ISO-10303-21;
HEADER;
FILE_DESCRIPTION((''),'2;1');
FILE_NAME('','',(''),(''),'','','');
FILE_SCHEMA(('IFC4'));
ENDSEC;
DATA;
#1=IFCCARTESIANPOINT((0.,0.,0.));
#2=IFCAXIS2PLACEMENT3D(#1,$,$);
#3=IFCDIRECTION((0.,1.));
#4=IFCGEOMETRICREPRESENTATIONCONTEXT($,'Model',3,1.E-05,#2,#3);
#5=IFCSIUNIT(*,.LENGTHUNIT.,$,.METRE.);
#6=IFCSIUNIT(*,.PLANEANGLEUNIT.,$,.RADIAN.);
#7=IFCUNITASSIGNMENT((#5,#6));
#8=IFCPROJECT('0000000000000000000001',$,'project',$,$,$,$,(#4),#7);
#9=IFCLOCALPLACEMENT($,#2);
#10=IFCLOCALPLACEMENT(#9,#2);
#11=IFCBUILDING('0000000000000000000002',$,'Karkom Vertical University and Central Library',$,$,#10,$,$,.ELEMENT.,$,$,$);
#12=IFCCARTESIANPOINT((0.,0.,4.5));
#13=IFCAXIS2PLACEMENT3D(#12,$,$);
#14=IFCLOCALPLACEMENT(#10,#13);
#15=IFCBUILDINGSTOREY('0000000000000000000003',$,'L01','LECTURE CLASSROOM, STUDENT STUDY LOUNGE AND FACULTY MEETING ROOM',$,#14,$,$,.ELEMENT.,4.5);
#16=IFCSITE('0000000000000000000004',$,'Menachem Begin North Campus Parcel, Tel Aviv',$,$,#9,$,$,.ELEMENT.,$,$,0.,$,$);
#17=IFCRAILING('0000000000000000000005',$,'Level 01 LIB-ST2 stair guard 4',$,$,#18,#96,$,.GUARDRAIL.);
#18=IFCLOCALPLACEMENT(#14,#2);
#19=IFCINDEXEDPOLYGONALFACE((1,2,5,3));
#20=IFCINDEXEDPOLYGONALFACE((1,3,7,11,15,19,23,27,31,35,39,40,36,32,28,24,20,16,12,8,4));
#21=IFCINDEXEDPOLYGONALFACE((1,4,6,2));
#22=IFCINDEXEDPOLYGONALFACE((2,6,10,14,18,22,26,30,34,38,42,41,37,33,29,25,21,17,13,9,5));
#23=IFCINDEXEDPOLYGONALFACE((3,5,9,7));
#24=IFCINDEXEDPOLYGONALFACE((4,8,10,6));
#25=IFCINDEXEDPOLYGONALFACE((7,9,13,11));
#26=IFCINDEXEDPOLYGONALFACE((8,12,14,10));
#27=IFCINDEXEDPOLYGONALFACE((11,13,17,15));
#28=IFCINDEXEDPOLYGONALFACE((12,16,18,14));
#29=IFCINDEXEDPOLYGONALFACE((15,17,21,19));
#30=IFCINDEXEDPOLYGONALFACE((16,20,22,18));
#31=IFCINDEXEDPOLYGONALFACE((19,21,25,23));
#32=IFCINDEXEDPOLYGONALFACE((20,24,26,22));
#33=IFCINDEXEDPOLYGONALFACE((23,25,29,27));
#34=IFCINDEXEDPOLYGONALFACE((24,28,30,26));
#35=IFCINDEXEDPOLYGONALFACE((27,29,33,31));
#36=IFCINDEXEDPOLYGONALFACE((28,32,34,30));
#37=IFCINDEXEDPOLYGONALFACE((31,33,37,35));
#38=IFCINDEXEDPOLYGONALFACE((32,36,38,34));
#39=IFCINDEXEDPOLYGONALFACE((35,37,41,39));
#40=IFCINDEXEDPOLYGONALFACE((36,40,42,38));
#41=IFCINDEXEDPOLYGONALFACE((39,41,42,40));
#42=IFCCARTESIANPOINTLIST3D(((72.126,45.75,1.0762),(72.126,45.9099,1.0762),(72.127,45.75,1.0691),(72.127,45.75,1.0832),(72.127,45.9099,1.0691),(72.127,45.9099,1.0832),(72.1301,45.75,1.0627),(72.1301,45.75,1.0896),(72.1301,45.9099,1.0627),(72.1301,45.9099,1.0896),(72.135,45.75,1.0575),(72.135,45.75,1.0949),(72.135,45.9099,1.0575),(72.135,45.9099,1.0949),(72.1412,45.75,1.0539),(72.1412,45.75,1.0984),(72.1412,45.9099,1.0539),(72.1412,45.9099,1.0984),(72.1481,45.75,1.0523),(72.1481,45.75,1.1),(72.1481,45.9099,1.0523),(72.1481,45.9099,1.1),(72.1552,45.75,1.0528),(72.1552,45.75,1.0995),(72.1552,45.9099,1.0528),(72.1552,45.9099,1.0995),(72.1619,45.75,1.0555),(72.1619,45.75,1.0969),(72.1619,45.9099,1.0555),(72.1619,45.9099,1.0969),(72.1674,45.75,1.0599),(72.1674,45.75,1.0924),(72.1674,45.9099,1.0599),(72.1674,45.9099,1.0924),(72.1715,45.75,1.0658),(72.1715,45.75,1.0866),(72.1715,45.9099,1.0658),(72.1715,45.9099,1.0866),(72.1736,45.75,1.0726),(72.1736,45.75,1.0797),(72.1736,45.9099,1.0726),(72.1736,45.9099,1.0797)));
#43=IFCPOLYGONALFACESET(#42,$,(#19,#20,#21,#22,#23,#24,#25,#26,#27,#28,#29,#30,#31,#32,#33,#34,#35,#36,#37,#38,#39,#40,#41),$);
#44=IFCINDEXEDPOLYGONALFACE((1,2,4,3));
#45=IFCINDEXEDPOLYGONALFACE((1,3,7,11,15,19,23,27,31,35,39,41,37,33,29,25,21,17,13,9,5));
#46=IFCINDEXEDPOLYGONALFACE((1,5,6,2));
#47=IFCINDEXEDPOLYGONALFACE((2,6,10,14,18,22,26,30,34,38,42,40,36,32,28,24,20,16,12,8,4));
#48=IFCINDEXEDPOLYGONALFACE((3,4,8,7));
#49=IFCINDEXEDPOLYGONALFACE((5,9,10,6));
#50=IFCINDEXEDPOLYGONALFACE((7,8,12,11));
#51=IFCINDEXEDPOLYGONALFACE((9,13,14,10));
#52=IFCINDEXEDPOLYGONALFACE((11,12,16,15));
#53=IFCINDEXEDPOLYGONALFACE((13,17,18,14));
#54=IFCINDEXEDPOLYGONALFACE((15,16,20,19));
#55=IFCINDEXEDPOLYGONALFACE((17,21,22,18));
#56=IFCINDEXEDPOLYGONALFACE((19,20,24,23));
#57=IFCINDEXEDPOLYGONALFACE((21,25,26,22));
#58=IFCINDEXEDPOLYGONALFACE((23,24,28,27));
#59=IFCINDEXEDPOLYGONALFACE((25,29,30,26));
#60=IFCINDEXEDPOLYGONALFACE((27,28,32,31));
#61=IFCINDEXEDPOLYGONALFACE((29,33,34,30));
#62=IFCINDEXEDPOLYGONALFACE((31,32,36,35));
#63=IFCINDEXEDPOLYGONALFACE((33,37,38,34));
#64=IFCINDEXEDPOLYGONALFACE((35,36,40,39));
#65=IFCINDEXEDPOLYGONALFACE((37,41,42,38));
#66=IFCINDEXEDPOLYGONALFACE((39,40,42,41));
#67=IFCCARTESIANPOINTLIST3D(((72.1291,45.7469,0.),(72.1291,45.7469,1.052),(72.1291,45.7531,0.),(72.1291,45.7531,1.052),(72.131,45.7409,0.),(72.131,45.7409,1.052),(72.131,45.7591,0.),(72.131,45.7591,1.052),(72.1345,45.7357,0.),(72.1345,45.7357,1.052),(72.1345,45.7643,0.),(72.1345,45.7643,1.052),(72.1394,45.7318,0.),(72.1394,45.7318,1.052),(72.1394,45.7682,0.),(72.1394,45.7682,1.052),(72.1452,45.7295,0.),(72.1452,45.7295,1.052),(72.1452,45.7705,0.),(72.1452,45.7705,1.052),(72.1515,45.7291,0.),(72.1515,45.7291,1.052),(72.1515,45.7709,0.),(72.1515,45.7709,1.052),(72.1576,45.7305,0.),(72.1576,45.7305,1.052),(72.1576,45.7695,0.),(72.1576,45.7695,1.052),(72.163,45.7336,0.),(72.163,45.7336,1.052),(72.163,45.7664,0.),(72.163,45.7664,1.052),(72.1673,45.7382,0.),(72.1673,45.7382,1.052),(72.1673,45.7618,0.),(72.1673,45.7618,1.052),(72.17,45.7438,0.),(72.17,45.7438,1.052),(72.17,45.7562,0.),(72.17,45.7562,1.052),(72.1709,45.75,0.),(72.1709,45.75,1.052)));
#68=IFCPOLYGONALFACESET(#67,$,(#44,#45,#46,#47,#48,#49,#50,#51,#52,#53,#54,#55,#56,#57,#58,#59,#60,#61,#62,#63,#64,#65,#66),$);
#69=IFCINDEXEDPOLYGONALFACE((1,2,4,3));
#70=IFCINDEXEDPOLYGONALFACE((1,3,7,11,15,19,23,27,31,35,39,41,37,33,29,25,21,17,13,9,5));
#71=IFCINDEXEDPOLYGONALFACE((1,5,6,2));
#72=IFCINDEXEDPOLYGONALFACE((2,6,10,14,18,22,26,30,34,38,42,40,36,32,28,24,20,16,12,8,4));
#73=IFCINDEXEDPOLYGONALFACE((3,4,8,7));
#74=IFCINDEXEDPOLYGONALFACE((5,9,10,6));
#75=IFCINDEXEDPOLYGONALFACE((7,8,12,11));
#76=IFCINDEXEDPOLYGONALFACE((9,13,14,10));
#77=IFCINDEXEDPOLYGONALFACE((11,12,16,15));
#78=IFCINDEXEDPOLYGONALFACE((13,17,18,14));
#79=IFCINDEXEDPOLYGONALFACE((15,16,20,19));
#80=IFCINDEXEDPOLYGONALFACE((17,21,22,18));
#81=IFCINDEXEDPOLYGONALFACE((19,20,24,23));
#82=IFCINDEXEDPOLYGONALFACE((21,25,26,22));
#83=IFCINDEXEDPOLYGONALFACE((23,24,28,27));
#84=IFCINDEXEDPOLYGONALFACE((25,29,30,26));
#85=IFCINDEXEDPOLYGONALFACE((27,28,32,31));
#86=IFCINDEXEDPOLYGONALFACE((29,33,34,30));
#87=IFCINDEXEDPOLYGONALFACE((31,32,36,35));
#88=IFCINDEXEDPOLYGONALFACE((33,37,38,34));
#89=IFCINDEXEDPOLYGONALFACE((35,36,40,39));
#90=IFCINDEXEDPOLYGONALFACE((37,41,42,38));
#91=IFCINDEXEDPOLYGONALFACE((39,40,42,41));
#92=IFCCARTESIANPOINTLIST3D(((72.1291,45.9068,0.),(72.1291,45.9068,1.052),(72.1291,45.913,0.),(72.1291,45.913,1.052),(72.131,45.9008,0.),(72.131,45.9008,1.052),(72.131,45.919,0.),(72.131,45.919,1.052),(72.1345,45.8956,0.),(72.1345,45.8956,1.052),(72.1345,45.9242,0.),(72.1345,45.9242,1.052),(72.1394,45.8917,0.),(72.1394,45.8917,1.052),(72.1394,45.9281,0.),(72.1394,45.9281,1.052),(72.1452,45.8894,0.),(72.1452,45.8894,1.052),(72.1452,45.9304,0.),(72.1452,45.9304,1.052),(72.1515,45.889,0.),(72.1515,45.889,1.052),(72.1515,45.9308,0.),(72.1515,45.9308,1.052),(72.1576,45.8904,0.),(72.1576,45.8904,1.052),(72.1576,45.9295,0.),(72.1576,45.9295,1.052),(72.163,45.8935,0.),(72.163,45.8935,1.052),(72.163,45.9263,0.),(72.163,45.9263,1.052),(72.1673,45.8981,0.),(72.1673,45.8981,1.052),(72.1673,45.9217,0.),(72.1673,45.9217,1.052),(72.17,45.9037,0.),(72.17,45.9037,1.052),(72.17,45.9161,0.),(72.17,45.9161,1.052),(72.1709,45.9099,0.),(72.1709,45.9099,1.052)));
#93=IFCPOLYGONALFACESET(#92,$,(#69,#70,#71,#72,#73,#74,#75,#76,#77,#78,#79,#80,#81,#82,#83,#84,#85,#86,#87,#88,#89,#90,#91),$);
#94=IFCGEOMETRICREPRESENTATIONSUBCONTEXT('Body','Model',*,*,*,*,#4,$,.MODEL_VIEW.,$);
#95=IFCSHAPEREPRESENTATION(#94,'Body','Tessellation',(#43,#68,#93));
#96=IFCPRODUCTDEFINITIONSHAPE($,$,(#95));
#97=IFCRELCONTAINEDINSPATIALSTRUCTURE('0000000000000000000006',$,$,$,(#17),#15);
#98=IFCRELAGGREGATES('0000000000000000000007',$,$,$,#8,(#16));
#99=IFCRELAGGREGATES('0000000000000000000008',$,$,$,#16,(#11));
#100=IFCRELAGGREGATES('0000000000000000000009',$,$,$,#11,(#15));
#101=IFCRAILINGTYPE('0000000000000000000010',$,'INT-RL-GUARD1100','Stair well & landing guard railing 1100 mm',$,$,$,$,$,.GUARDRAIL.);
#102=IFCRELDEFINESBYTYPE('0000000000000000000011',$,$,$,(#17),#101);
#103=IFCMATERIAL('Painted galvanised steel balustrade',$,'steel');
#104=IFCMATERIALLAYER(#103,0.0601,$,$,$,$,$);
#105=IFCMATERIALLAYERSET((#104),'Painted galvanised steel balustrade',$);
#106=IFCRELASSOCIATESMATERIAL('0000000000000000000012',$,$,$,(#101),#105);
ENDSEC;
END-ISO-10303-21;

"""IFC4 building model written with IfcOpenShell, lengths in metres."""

from ifc_helpers import new_model, si_unit, direction, frame, origin, origin_2d, place, context, subcontext, project, spatial, circle, extrude, material, layer, layer_set, type_object, element, save


model = new_model("IFC4")

# Units and contexts
model_context = context("Model", 3, precision=1e-05, world=origin(), true_north=direction((0.0, 1.0)))
body_context = subcontext(model_context, "Body", "Model", "MODEL_VIEW")
ifc_project = project(units=[si_unit("LENGTHUNIT", "METRE"), si_unit("PLANEANGLEUNIT", "RADIAN")], contexts=[model_context])

# Site, building, storey
site_placement = place(None, origin())
site = spatial("IfcSite", under=ifc_project, at=site_placement, Name="Menachem Begin North Campus Parcel, Tel Aviv", CompositionType="ELEMENT", RefElevation=0.0)
building_placement = place(site_placement, origin())
building = spatial("IfcBuilding", under=site, at=building_placement, Name="Karkom Vertical University and Central Library", CompositionType="ELEMENT")
storey_placement = place(building_placement, frame((0.0, 0.0, 4.5)))
storey = spatial("IfcBuildingStorey", under=building, at=storey_placement, Name="L01", Description="LECTURE CLASSROOM, STUDENT STUDY LOUNGE AND FACULTY MEETING ROOM", CompositionType="ELEMENT", Elevation=4.5)

# Railing
ifc_material_1 = material(Name="Painted galvanised steel balustrade", Category="steel")
ifc_layer_1 = layer(ifc_material_1, 0.0601)
ifc_layer_set_1 = layer_set([ifc_layer_1], Name="Painted galvanised steel balustrade")
railing_type_1 = type_object("IfcRailingType", Name="INT-RL-GUARD1100", Description="Stair well & landing guard railing 1100 mm", PredefinedType="GUARDRAIL", material=ifc_layer_set_1)
railing_1_placement = place(storey_placement, frame((72.1499, 45.75, 0.0)))
element("IfcRailing", 1, at=railing_1_placement, inside=storey, type_object=railing_type_1, Name="Level 01 LIB-ST2 stair guard 4", PredefinedType="GUARDRAIL", context=body_context, shape_type="SweptSolid", body=[
    extrude(circle(Radius=0.0239, at=origin_2d()), frame((0.0, 0.0, 1.0762), z_axis=(0.0, 1.0, 0.0), x_axis=(-1.0, 0.0, 0.0)), (0.0, 0.0, 1.0), 0.1599),
    extrude(circle(Radius=0.021, at=origin_2d()), origin(), (0.0, 0.0, 1.0), 1.052),
    extrude(circle(Radius=0.021, at=origin_2d()), frame((0.0, 0.1599, 0.0)), (0.0, 0.0, 1.0), 1.052),
])

save(model, "model.ifc")
